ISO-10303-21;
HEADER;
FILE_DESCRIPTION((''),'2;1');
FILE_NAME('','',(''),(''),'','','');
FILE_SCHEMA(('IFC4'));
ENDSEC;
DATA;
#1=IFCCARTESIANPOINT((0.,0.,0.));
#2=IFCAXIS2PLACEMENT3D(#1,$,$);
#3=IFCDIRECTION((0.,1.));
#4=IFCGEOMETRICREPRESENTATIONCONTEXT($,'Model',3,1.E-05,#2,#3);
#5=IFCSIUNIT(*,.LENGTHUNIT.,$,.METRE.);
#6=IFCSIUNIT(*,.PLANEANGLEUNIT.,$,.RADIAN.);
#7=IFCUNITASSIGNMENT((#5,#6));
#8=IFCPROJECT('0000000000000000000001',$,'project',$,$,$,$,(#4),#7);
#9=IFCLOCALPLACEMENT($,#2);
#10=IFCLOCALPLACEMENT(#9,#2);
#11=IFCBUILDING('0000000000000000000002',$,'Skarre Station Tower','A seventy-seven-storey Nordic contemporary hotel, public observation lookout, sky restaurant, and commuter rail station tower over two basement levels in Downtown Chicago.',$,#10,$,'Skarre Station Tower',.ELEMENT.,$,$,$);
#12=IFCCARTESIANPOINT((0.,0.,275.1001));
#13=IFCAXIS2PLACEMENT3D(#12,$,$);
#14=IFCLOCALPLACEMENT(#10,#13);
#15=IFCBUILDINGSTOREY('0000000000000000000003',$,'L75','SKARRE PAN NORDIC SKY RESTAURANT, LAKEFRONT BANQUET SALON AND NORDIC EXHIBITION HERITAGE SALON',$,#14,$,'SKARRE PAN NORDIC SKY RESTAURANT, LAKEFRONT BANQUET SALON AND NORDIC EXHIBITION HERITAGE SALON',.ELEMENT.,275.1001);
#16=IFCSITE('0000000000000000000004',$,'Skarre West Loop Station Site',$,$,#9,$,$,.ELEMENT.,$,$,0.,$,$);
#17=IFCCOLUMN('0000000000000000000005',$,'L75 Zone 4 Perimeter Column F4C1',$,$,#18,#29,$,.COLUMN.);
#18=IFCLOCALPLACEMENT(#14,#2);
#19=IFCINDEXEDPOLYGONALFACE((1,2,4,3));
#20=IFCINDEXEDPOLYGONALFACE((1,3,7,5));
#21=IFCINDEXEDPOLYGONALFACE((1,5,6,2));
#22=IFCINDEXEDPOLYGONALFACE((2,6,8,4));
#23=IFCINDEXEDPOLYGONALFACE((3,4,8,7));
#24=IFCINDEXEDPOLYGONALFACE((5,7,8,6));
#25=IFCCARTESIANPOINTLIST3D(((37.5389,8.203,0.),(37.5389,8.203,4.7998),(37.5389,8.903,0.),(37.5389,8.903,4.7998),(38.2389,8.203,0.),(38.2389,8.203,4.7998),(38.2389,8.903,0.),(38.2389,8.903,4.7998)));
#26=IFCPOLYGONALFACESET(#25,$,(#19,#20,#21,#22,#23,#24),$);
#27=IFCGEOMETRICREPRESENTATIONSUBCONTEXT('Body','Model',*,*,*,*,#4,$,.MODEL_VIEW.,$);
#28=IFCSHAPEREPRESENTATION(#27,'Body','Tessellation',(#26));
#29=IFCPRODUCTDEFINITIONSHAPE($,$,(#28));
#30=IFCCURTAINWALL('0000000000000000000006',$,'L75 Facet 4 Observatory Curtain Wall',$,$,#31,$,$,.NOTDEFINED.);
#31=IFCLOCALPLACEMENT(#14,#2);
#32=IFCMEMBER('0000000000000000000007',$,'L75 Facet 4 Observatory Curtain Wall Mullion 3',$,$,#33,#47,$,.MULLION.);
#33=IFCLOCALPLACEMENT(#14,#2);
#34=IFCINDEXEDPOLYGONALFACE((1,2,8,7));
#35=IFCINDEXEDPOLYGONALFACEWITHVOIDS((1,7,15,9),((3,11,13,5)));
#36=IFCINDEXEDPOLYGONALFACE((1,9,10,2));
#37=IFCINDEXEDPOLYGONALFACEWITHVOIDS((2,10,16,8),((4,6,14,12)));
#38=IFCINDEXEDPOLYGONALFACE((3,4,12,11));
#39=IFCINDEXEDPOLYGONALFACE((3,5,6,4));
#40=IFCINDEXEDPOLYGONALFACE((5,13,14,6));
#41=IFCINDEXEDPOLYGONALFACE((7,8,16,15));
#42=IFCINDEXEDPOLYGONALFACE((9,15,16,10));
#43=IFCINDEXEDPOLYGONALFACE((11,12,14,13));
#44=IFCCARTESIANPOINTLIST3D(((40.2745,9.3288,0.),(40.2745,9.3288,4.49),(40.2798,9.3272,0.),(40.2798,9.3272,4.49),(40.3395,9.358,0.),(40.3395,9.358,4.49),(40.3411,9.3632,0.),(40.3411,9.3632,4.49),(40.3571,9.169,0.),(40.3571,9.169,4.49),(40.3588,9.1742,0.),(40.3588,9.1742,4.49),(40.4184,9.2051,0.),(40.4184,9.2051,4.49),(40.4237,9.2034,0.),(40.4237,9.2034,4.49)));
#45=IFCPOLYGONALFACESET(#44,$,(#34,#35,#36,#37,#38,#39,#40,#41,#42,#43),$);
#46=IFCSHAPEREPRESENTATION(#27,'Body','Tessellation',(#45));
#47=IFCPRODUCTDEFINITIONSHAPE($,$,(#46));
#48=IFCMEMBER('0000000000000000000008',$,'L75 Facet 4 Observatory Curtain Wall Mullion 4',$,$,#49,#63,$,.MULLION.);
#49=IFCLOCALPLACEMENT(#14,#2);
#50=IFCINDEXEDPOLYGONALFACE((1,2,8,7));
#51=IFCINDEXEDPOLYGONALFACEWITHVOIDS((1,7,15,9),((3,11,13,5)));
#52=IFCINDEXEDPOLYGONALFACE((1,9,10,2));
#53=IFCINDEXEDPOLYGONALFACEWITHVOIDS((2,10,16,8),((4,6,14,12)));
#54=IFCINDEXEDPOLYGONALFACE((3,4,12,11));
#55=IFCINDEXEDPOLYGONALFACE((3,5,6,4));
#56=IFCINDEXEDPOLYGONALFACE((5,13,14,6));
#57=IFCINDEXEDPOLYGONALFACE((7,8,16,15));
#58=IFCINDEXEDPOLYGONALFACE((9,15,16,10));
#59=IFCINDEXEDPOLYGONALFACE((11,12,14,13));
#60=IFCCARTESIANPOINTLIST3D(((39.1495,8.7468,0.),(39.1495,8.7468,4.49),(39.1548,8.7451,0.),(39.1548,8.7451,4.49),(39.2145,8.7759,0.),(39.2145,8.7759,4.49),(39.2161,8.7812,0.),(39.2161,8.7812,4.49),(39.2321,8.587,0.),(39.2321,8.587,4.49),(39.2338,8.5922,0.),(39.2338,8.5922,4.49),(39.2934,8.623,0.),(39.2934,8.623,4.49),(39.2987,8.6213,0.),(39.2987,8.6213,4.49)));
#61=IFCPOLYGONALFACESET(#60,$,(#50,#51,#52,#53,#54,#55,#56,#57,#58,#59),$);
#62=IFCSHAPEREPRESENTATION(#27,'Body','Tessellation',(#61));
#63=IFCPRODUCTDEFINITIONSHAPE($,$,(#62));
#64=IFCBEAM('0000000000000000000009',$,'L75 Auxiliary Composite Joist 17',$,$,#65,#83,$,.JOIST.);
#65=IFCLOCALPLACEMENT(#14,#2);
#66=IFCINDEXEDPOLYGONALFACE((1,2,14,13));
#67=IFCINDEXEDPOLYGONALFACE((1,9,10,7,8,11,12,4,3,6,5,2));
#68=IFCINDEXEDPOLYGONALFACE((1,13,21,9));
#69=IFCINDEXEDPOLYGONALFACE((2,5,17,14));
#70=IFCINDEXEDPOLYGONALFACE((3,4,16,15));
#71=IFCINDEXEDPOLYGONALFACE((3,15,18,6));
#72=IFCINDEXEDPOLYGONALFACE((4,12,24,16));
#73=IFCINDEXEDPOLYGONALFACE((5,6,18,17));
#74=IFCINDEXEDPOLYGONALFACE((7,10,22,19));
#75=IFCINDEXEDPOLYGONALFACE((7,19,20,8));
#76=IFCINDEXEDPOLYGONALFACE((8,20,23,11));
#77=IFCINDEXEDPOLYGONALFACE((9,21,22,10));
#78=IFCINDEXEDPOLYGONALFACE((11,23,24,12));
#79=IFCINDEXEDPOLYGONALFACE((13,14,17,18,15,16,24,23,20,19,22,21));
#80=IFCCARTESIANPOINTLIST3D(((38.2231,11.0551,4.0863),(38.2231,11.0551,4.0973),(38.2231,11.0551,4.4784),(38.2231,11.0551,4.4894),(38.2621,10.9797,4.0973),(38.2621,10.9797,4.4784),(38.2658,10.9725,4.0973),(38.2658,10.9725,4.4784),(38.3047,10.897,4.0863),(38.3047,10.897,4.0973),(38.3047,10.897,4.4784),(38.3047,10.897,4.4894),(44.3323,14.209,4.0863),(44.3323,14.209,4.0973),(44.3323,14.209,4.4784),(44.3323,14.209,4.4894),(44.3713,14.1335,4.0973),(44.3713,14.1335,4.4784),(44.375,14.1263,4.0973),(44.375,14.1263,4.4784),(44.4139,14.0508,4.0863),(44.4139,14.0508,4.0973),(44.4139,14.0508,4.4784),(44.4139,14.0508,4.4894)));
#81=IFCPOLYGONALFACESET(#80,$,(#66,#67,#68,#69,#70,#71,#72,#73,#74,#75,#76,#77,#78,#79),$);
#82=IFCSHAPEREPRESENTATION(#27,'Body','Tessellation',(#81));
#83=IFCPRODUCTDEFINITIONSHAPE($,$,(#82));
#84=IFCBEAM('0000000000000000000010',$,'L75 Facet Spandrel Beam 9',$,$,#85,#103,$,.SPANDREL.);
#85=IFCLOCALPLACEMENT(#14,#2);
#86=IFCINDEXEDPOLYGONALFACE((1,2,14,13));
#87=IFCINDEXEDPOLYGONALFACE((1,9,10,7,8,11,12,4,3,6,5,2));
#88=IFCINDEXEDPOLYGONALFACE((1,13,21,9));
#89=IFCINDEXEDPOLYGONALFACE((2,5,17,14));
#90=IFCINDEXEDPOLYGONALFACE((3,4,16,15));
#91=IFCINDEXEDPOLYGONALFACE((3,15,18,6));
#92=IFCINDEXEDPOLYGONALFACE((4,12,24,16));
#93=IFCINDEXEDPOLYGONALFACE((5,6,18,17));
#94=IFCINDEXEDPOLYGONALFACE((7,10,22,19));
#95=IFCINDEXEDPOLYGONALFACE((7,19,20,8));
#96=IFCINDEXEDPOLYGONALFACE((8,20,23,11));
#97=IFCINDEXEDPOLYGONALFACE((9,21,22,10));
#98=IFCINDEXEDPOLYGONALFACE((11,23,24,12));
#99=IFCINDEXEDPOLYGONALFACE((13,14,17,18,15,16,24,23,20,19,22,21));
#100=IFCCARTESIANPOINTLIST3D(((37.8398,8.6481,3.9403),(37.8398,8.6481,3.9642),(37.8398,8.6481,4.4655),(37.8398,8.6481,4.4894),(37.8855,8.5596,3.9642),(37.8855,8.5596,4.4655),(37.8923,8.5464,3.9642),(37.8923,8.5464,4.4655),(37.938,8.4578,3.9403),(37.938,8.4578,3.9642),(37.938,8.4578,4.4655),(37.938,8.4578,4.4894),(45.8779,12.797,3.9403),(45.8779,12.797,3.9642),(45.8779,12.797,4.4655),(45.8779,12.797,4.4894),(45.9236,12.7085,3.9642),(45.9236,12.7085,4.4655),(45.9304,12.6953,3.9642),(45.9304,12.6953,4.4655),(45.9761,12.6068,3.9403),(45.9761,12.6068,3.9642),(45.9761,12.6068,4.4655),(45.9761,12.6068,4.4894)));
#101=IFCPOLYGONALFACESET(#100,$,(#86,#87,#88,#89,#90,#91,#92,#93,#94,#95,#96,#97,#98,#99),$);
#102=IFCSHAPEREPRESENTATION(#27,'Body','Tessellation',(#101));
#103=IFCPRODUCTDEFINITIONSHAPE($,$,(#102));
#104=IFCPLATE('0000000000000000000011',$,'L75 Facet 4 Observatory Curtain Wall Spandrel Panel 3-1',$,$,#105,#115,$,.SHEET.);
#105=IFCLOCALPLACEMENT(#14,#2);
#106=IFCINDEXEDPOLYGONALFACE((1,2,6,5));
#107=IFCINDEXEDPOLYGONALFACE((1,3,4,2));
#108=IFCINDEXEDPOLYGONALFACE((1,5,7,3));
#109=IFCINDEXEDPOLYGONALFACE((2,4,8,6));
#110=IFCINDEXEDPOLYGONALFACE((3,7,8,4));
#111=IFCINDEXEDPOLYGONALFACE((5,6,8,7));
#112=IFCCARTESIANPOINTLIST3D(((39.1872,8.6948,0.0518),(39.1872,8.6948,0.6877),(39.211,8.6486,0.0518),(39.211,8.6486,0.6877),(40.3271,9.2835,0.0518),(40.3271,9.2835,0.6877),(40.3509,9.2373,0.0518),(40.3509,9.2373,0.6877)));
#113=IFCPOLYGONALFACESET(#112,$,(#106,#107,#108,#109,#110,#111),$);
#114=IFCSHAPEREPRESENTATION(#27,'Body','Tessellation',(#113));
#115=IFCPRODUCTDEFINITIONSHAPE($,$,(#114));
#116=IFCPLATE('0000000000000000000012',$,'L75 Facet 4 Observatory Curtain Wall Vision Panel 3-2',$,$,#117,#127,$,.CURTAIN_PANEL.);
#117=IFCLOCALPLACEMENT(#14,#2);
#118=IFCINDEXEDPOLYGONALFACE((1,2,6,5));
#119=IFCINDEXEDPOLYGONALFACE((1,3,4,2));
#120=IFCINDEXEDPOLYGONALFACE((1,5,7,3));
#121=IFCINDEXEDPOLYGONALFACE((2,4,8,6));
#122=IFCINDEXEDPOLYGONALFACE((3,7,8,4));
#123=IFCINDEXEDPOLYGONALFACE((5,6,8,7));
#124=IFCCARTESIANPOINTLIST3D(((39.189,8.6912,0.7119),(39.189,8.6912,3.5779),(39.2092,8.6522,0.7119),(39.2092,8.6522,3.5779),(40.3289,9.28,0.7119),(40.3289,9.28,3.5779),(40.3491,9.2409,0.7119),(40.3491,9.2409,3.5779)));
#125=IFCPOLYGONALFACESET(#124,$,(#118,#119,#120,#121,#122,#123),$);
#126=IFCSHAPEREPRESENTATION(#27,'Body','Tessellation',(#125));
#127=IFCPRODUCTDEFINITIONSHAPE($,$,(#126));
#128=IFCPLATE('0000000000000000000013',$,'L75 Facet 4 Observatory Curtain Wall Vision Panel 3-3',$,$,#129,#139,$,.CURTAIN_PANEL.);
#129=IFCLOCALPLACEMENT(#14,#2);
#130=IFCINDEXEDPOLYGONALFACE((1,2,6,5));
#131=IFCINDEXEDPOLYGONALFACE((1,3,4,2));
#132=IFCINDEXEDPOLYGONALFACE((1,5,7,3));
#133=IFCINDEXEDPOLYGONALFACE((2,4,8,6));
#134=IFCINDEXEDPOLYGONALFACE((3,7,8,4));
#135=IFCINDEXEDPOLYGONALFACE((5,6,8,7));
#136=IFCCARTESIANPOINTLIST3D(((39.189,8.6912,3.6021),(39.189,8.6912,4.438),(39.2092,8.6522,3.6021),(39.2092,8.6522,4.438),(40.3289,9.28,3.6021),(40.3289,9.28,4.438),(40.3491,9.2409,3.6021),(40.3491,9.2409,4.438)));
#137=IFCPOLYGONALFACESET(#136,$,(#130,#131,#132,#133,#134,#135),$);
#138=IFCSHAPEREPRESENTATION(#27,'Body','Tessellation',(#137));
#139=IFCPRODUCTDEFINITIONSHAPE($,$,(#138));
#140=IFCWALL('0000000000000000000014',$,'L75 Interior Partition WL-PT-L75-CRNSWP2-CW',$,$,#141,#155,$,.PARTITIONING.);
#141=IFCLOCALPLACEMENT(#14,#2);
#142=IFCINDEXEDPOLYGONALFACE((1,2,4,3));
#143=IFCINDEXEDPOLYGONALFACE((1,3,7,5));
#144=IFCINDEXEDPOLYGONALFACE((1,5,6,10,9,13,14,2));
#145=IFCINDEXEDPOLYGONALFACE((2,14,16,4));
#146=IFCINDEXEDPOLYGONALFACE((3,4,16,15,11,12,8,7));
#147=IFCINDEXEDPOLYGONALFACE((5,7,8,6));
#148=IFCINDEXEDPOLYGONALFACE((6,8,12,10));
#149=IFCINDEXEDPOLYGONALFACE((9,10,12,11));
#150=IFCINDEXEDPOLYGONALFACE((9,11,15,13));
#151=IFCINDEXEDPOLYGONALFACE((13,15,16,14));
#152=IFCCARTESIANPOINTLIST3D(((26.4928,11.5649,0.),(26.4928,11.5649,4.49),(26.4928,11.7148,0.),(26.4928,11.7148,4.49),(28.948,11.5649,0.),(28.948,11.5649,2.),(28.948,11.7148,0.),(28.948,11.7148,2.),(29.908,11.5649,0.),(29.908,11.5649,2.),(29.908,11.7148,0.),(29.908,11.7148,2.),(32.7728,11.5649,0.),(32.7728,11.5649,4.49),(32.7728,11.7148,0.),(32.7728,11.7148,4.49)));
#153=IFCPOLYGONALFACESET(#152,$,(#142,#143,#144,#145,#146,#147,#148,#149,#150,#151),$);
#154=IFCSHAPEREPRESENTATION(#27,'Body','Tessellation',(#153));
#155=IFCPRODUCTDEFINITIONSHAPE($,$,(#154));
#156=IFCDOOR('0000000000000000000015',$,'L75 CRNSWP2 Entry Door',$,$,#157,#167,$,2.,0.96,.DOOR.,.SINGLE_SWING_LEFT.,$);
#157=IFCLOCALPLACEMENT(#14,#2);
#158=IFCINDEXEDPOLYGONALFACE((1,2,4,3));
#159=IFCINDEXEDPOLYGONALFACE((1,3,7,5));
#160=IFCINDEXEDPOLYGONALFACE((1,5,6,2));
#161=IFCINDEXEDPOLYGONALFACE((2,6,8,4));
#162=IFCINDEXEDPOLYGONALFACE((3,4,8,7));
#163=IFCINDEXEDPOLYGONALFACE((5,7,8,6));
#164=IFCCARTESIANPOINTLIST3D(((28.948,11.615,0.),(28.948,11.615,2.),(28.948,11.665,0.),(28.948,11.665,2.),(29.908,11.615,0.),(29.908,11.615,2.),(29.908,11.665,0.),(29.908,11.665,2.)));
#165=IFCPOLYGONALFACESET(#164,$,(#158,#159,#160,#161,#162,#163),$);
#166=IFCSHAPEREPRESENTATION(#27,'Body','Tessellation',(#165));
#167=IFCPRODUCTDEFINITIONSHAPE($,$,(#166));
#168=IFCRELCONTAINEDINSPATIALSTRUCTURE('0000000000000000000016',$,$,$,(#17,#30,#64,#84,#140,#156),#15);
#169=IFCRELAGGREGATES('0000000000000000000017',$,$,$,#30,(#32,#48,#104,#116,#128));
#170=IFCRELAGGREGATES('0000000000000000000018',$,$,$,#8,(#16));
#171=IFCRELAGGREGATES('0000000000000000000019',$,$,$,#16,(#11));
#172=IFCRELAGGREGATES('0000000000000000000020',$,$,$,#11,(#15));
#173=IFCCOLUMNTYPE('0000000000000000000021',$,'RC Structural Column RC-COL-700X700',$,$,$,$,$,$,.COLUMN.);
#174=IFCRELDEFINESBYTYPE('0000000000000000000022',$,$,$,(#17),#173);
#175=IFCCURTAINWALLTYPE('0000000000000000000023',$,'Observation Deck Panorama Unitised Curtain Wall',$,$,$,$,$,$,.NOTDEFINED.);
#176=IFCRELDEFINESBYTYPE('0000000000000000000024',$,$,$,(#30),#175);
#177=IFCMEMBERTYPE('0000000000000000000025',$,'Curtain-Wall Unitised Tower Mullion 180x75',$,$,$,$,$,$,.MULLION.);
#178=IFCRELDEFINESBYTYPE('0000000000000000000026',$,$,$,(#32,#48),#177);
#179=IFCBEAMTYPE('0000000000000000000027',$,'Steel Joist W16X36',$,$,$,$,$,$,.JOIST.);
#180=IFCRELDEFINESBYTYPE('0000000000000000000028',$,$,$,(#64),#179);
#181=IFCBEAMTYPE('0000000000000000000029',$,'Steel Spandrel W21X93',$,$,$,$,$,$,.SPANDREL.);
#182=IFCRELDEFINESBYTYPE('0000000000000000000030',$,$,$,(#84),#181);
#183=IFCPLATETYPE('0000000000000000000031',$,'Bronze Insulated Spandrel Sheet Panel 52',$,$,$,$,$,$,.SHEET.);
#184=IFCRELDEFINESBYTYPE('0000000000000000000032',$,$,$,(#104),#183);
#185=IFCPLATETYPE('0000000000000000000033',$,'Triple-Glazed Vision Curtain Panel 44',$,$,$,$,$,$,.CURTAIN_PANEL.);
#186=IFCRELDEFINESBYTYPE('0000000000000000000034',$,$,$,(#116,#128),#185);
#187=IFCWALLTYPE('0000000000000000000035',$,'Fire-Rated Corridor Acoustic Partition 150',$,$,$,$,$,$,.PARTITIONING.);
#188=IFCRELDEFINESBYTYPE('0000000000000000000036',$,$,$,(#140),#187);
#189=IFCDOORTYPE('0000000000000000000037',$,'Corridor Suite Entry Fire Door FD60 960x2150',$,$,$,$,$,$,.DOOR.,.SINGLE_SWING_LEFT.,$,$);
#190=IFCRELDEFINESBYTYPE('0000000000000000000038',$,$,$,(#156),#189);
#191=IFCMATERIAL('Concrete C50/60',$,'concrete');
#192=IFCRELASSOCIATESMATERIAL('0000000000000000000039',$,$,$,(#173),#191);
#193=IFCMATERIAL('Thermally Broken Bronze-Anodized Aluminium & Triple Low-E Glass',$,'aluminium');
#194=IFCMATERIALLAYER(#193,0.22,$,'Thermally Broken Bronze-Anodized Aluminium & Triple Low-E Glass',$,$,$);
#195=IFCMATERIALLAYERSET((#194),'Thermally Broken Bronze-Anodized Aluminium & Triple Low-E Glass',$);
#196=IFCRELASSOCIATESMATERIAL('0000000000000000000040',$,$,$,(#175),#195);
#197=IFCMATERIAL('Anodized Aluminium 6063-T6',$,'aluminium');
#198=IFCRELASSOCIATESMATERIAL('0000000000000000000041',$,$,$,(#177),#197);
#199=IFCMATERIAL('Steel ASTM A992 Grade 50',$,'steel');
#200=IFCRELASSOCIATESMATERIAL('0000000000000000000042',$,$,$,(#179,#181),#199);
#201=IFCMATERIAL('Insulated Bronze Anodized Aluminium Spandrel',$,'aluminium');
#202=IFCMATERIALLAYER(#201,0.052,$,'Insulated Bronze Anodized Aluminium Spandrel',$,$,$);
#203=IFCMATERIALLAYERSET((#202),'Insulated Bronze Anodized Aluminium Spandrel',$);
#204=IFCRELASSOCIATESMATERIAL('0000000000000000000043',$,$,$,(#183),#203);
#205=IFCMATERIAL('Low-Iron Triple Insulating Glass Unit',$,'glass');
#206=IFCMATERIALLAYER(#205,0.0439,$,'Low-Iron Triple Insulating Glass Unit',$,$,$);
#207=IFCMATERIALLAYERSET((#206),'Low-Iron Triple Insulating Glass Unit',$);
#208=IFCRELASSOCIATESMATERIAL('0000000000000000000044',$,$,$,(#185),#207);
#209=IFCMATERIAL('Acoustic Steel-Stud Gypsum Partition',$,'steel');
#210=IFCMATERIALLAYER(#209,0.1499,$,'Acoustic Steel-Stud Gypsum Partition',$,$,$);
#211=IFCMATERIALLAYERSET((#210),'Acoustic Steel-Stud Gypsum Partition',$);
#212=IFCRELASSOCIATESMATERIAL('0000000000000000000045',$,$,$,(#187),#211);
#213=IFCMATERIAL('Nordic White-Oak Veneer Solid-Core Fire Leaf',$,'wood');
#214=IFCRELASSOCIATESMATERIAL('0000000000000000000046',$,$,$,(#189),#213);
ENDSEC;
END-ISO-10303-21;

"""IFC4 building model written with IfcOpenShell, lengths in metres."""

from ifc_helpers import new_model, si_unit, direction, frame, frame_2d, origin, origin_2d, place, context, subcontext, project, spatial, rectangle, hollow_rectangle, i_section, extrude, material, layer, layer_set, material_profile, profile_set, type_object, element, fill, aggregate, save


model = new_model("IFC4")

# Units and contexts
model_context = context("Model", 3, precision=1e-05, world=origin(), true_north=direction((0.0, 1.0)))
body_context = subcontext(model_context, "Body", "Model", "MODEL_VIEW")
ifc_project = project(units=[si_unit("LENGTHUNIT", "METRE"), si_unit("PLANEANGLEUNIT", "RADIAN")], contexts=[model_context])

# Site, building, storey
site_placement = place(None, origin())
site = spatial("IfcSite", under=ifc_project, at=site_placement, Name="Skarre West Loop Station Site", CompositionType="ELEMENT", RefElevation=0.0)
building_placement = place(site_placement, origin())
building = spatial("IfcBuilding", under=site, at=building_placement, Name="Skarre Station Tower", Description="A seventy-seven-storey Nordic contemporary hotel, public observation lookout, sky restaurant, and commuter rail station tower over two basement levels in Downtown Chicago.", LongName="Skarre Station Tower", CompositionType="ELEMENT")
storey_placement = place(building_placement, frame((0.0, 0.0, 275.1001)))
storey = spatial("IfcBuildingStorey", under=building, at=storey_placement, Name="L75", Description="SKARRE PAN NORDIC SKY RESTAURANT, LAKEFRONT BANQUET SALON AND NORDIC EXHIBITION HERITAGE SALON", LongName="SKARRE PAN NORDIC SKY RESTAURANT, LAKEFRONT BANQUET SALON AND NORDIC EXHIBITION HERITAGE SALON", CompositionType="ELEMENT", Elevation=275.1001)

# Column
ifc_material_1 = material(Name="Concrete C50/60", Category="concrete")
ifc_material_profile_1 = material_profile(ifc_material_1, rectangle(XDim=0.7, YDim=0.7, at=origin_2d()), Name="Concrete C50/60")
ifc_profile_set_1 = profile_set([ifc_material_profile_1], Name="Concrete C50/60")
column_type = type_object("IfcColumnType", Name="RC Structural Column RC-COL-700X700", PredefinedType="COLUMN", material=ifc_profile_set_1)
column_placement = place(storey_placement, frame((37.8889, 8.553, 0.0), z_axis=(0.0, 0.0, 1.0), x_axis=(1.0, 0.0, 0.0)))
element("IfcColumn", 1, at=column_placement, inside=storey, type_object=column_type, Name="L75 Zone 4 Perimeter Column F4C1", PredefinedType="COLUMN", context=body_context, shape_type="SweptSolid", body=[
    extrude(rectangle(XDim=0.7, YDim=0.7, at=origin_2d()), origin(), (0.0, 0.0, 1.0), 4.7998),
])

# Curtain wall, members
ifc_material_2 = material(Name="Thermally Broken Bronze-Anodized Aluminium & Triple Low-E Glass", Category="aluminium")
ifc_layer_1 = layer(ifc_material_2, 0.22, Name="Thermally Broken Bronze-Anodized Aluminium & Triple Low-E Glass")
ifc_layer_set_1 = layer_set([ifc_layer_1], Name="Thermally Broken Bronze-Anodized Aluminium & Triple Low-E Glass")
curtain_wall_type = type_object("IfcCurtainWallType", Name="Observation Deck Panorama Unitised Curtain Wall", PredefinedType="NOTDEFINED", material=ifc_layer_set_1)
curtain_wall_placement = place(storey_placement, origin())
curtain_wall = element("IfcCurtainWall", 2, at=curtain_wall_placement, inside=storey, type_object=curtain_wall_type, Name="L75 Facet 4 Observatory Curtain Wall", PredefinedType="NOTDEFINED")
ifc_material_3 = material(Name="Anodized Aluminium 6063-T6", Category="aluminium")
ifc_material_profile_2 = material_profile(ifc_material_3, hollow_rectangle(XDim=0.075, YDim=0.1799, WallThickness=0.0039, at=origin_2d()), Name="Anodized Aluminium 6063-T6")
ifc_profile_set_2 = profile_set([ifc_material_profile_2], Name="Anodized Aluminium 6063-T6")
member_type = type_object("IfcMemberType", Name="Curtain-Wall Unitised Tower Mullion 180x75", PredefinedType="MULLION", material=ifc_profile_set_2)
member_1_placement = place(storey_placement, frame((40.3491, 9.2661, 0.0), z_axis=(0.0, 0.0, 1.0), x_axis=(-0.888481, -0.458913, 0.0)))
member_1 = element("IfcMember", 3, at=member_1_placement, type_object=member_type, Name="L75 Facet 4 Observatory Curtain Wall Mullion 3", PredefinedType="MULLION", context=body_context, shape_type="SweptSolid", body=[
    extrude(hollow_rectangle(XDim=0.075, YDim=0.1799, WallThickness=0.0039, at=origin_2d()), origin(), (0.0, 0.0, 1.0), 4.49),
])
member_2_placement = place(storey_placement, frame((39.2241, 8.6841, 0.0), z_axis=(0.0, 0.0, 1.0), x_axis=(-0.888481, -0.458913, 0.0)))
member_2 = element("IfcMember", 4, at=member_2_placement, type_object=member_type, Name="L75 Facet 4 Observatory Curtain Wall Mullion 4", PredefinedType="MULLION", context=body_context, shape_type="SweptSolid", body=[
    extrude(hollow_rectangle(XDim=0.075, YDim=0.1799, WallThickness=0.0039, at=origin_2d()), origin(), (0.0, 0.0, 1.0), 4.49),
])

# Beams
ifc_material_4 = material(Name="Steel ASTM A992 Grade 50", Category="steel")
ifc_material_profile_3 = material_profile(ifc_material_4, i_section(OverallWidth=0.178, OverallDepth=0.4031, WebThickness=0.0081, FlangeThickness=0.011, at=origin_2d()), Name="Steel ASTM A992 Grade 50")
ifc_profile_set_3 = profile_set([ifc_material_profile_3], Name="Steel ASTM A992 Grade 50")
beam_type_1 = type_object("IfcBeamType", Name="Steel Joist W16X36", PredefinedType="JOIST", material=ifc_profile_set_3)
beam_1_placement = place(storey_placement, frame((38.2639, 10.9761, 4.2878), z_axis=(0.888579, 0.458724, 0.0), x_axis=(-0.458724, 0.888579, 0.0)))
element("IfcBeam", 5, at=beam_1_placement, inside=storey, type_object=beam_type_1, Name="L75 Auxiliary Composite Joist 17", PredefinedType="JOIST", context=body_context, shape_type="SweptSolid", body=[
    extrude(i_section(OverallWidth=0.178, OverallDepth=0.4031, WebThickness=0.0081, FlangeThickness=0.011, at=origin_2d()), origin(), (0.0, 0.0, 1.0), 6.8752),
])
ifc_material_profile_4 = material_profile(ifc_material_4, i_section(OverallWidth=0.2141, OverallDepth=0.5491, WebThickness=0.0149, FlangeThickness=0.0239, at=origin_2d()), Name="Steel ASTM A992 Grade 50")
ifc_profile_set_4 = profile_set([ifc_material_profile_4], Name="Steel ASTM A992 Grade 50")
beam_type_2 = type_object("IfcBeamType", Name="Steel Spandrel W21X93", PredefinedType="SPANDREL", material=ifc_profile_set_4)
beam_2_placement = place(storey_placement, frame((37.8889, 8.553, 4.2148), z_axis=(0.88861, 0.458664, 0.0), x_axis=(-0.458664, 0.88861, 0.0)))
element("IfcBeam", 6, at=beam_2_placement, inside=storey, type_object=beam_type_2, Name="L75 Facet Spandrel Beam 9", PredefinedType="SPANDREL", context=body_context, shape_type="SweptSolid", body=[
    extrude(i_section(OverallWidth=0.2141, OverallDepth=0.5491, WebThickness=0.0149, FlangeThickness=0.0239, at=origin_2d()), origin(), (0.0, 0.0, 1.0), 9.0457),
])

# Plates
ifc_material_5 = material(Name="Insulated Bronze Anodized Aluminium Spandrel", Category="aluminium")
ifc_layer_2 = layer(ifc_material_5, 0.052, Name="Insulated Bronze Anodized Aluminium Spandrel")
ifc_layer_set_2 = layer_set([ifc_layer_2], Name="Insulated Bronze Anodized Aluminium Spandrel")
plate_type_1 = type_object("IfcPlateType", Name="Bronze Insulated Spandrel Sheet Panel 52", PredefinedType="SHEET", material=ifc_layer_set_2)
plate_1_placement = place(storey_placement, frame((39.769, 8.9661, 0.0518), z_axis=(0.0, 0.0, 1.0), x_axis=(-0.888481, -0.458913, 0.0)))
plate_1 = element("IfcPlate", 7, at=plate_1_placement, type_object=plate_type_1, Name="L75 Facet 4 Observatory Curtain Wall Spandrel Panel 3-1", PredefinedType="SHEET", context=body_context, shape_type="SweptSolid", body=[
    extrude(rectangle(XDim=1.283, YDim=0.052, at=origin_2d()), origin(), (0.0, 0.0, 1.0), 0.636),
])
ifc_material_6 = material(Name="Low-Iron Triple Insulating Glass Unit", Category="glass")
ifc_layer_3 = layer(ifc_material_6, 0.0439, Name="Low-Iron Triple Insulating Glass Unit")
ifc_layer_set_3 = layer_set([ifc_layer_3], Name="Low-Iron Triple Insulating Glass Unit")
plate_type_2 = type_object("IfcPlateType", Name="Triple-Glazed Vision Curtain Panel 44", PredefinedType="CURTAIN_PANEL", material=ifc_layer_set_3)
plate_2_placement = place(storey_placement, frame((39.769, 8.9661, 0.7119), z_axis=(0.0, 0.0, 1.0), x_axis=(-0.888481, -0.458913, 0.0)))
plate_2 = element("IfcPlate", 8, at=plate_2_placement, type_object=plate_type_2, Name="L75 Facet 4 Observatory Curtain Wall Vision Panel 3-2", PredefinedType="CURTAIN_PANEL", context=body_context, shape_type="SweptSolid", body=[
    extrude(rectangle(XDim=1.283, YDim=0.0439, at=origin_2d()), origin(), (0.0, 0.0, 1.0), 2.866),
])
plate_3_placement = place(storey_placement, frame((39.769, 8.9661, 3.6021), z_axis=(0.0, 0.0, 1.0), x_axis=(-0.888481, -0.458913, 0.0)))
plate_3 = element("IfcPlate", 9, at=plate_3_placement, type_object=plate_type_2, Name="L75 Facet 4 Observatory Curtain Wall Vision Panel 3-3", PredefinedType="CURTAIN_PANEL", context=body_context, shape_type="SweptSolid", body=[
    extrude(rectangle(XDim=1.283, YDim=0.0439, at=origin_2d()), origin(), (0.0, 0.0, 1.0), 0.8359),
])
aggregate(curtain_wall, [member_1, member_2, plate_1, plate_2, plate_3])

# Wall, opening, door
ifc_material_7 = material(Name="Acoustic Steel-Stud Gypsum Partition", Category="steel")
ifc_layer_4 = layer(ifc_material_7, 0.1499, Name="Acoustic Steel-Stud Gypsum Partition")
ifc_layer_set_4 = layer_set([ifc_layer_4], Name="Acoustic Steel-Stud Gypsum Partition")
wall_type_1 = type_object("IfcWallType", Name="Fire-Rated Corridor Acoustic Partition 150", PredefinedType="PARTITIONING", material=ifc_layer_set_4)
wall_1_placement = place(storey_placement, frame((32.7729, 11.6399, 0.0), z_axis=(0.0, 0.0, 1.0), x_axis=(-1.0, 0.0, 0.0)))
wall_1 = element("IfcWall", 10, at=wall_1_placement, inside=storey, type_object=wall_type_1, Name="L75 Interior Partition WL-PT-L75-CRNSWP2-CW", PredefinedType="PARTITIONING", context=body_context, shape_type="SweptSolid", body=[
    extrude(rectangle(XDim=6.28, YDim=0.1499, at=frame_2d((3.1401, 0.0))), origin(), (0.0, 0.0, 1.0), 4.49),
])
opening_1_placement = place(wall_1_placement, frame((2.865, 0.0, 0.0)))
opening_1 = element("IfcOpeningElement", 11, at=opening_1_placement, cuts=wall_1, PredefinedType="OPENING", context=body_context, shape_type="SweptSolid", body=[
    extrude(rectangle(XDim=0.96, YDim=2.0, at=frame_2d((0.48, 1.0))), frame((0.0, 0.085, 0.0), z_axis=(0.0, -1.0, 0.0), x_axis=(1.0, 0.0, 0.0)), (0.0, 0.0, 1.0), 0.1699),
])
ifc_material_8 = material(Name="Nordic White-Oak Veneer Solid-Core Fire Leaf", Category="wood")
door_type = type_object("IfcDoorType", Name="Corridor Suite Entry Fire Door FD60 960x2150", OperationType="SINGLE_SWING_LEFT", PredefinedType="DOOR", material=ifc_material_8)
door_placement = place(opening_1_placement, origin())
door = element("IfcDoor", 12, at=door_placement, inside=storey, type_object=door_type, Name="L75 CRNSWP2 Entry Door", OperationType="SINGLE_SWING_LEFT", OverallHeight=2.0, OverallWidth=0.96, PredefinedType="DOOR", context=body_context, shape_type="SweptSolid", body=[
    extrude(rectangle(XDim=0.96, YDim=2.0, at=frame_2d((0.48, 1.0))), frame((0.0, 0.0249, 0.0), z_axis=(0.0, -1.0, 0.0), x_axis=(1.0, 0.0, 0.0)), (0.0, 0.0, 1.0), 0.05),
])
fill(opening_1, door)

save(model, "model.ifc")
